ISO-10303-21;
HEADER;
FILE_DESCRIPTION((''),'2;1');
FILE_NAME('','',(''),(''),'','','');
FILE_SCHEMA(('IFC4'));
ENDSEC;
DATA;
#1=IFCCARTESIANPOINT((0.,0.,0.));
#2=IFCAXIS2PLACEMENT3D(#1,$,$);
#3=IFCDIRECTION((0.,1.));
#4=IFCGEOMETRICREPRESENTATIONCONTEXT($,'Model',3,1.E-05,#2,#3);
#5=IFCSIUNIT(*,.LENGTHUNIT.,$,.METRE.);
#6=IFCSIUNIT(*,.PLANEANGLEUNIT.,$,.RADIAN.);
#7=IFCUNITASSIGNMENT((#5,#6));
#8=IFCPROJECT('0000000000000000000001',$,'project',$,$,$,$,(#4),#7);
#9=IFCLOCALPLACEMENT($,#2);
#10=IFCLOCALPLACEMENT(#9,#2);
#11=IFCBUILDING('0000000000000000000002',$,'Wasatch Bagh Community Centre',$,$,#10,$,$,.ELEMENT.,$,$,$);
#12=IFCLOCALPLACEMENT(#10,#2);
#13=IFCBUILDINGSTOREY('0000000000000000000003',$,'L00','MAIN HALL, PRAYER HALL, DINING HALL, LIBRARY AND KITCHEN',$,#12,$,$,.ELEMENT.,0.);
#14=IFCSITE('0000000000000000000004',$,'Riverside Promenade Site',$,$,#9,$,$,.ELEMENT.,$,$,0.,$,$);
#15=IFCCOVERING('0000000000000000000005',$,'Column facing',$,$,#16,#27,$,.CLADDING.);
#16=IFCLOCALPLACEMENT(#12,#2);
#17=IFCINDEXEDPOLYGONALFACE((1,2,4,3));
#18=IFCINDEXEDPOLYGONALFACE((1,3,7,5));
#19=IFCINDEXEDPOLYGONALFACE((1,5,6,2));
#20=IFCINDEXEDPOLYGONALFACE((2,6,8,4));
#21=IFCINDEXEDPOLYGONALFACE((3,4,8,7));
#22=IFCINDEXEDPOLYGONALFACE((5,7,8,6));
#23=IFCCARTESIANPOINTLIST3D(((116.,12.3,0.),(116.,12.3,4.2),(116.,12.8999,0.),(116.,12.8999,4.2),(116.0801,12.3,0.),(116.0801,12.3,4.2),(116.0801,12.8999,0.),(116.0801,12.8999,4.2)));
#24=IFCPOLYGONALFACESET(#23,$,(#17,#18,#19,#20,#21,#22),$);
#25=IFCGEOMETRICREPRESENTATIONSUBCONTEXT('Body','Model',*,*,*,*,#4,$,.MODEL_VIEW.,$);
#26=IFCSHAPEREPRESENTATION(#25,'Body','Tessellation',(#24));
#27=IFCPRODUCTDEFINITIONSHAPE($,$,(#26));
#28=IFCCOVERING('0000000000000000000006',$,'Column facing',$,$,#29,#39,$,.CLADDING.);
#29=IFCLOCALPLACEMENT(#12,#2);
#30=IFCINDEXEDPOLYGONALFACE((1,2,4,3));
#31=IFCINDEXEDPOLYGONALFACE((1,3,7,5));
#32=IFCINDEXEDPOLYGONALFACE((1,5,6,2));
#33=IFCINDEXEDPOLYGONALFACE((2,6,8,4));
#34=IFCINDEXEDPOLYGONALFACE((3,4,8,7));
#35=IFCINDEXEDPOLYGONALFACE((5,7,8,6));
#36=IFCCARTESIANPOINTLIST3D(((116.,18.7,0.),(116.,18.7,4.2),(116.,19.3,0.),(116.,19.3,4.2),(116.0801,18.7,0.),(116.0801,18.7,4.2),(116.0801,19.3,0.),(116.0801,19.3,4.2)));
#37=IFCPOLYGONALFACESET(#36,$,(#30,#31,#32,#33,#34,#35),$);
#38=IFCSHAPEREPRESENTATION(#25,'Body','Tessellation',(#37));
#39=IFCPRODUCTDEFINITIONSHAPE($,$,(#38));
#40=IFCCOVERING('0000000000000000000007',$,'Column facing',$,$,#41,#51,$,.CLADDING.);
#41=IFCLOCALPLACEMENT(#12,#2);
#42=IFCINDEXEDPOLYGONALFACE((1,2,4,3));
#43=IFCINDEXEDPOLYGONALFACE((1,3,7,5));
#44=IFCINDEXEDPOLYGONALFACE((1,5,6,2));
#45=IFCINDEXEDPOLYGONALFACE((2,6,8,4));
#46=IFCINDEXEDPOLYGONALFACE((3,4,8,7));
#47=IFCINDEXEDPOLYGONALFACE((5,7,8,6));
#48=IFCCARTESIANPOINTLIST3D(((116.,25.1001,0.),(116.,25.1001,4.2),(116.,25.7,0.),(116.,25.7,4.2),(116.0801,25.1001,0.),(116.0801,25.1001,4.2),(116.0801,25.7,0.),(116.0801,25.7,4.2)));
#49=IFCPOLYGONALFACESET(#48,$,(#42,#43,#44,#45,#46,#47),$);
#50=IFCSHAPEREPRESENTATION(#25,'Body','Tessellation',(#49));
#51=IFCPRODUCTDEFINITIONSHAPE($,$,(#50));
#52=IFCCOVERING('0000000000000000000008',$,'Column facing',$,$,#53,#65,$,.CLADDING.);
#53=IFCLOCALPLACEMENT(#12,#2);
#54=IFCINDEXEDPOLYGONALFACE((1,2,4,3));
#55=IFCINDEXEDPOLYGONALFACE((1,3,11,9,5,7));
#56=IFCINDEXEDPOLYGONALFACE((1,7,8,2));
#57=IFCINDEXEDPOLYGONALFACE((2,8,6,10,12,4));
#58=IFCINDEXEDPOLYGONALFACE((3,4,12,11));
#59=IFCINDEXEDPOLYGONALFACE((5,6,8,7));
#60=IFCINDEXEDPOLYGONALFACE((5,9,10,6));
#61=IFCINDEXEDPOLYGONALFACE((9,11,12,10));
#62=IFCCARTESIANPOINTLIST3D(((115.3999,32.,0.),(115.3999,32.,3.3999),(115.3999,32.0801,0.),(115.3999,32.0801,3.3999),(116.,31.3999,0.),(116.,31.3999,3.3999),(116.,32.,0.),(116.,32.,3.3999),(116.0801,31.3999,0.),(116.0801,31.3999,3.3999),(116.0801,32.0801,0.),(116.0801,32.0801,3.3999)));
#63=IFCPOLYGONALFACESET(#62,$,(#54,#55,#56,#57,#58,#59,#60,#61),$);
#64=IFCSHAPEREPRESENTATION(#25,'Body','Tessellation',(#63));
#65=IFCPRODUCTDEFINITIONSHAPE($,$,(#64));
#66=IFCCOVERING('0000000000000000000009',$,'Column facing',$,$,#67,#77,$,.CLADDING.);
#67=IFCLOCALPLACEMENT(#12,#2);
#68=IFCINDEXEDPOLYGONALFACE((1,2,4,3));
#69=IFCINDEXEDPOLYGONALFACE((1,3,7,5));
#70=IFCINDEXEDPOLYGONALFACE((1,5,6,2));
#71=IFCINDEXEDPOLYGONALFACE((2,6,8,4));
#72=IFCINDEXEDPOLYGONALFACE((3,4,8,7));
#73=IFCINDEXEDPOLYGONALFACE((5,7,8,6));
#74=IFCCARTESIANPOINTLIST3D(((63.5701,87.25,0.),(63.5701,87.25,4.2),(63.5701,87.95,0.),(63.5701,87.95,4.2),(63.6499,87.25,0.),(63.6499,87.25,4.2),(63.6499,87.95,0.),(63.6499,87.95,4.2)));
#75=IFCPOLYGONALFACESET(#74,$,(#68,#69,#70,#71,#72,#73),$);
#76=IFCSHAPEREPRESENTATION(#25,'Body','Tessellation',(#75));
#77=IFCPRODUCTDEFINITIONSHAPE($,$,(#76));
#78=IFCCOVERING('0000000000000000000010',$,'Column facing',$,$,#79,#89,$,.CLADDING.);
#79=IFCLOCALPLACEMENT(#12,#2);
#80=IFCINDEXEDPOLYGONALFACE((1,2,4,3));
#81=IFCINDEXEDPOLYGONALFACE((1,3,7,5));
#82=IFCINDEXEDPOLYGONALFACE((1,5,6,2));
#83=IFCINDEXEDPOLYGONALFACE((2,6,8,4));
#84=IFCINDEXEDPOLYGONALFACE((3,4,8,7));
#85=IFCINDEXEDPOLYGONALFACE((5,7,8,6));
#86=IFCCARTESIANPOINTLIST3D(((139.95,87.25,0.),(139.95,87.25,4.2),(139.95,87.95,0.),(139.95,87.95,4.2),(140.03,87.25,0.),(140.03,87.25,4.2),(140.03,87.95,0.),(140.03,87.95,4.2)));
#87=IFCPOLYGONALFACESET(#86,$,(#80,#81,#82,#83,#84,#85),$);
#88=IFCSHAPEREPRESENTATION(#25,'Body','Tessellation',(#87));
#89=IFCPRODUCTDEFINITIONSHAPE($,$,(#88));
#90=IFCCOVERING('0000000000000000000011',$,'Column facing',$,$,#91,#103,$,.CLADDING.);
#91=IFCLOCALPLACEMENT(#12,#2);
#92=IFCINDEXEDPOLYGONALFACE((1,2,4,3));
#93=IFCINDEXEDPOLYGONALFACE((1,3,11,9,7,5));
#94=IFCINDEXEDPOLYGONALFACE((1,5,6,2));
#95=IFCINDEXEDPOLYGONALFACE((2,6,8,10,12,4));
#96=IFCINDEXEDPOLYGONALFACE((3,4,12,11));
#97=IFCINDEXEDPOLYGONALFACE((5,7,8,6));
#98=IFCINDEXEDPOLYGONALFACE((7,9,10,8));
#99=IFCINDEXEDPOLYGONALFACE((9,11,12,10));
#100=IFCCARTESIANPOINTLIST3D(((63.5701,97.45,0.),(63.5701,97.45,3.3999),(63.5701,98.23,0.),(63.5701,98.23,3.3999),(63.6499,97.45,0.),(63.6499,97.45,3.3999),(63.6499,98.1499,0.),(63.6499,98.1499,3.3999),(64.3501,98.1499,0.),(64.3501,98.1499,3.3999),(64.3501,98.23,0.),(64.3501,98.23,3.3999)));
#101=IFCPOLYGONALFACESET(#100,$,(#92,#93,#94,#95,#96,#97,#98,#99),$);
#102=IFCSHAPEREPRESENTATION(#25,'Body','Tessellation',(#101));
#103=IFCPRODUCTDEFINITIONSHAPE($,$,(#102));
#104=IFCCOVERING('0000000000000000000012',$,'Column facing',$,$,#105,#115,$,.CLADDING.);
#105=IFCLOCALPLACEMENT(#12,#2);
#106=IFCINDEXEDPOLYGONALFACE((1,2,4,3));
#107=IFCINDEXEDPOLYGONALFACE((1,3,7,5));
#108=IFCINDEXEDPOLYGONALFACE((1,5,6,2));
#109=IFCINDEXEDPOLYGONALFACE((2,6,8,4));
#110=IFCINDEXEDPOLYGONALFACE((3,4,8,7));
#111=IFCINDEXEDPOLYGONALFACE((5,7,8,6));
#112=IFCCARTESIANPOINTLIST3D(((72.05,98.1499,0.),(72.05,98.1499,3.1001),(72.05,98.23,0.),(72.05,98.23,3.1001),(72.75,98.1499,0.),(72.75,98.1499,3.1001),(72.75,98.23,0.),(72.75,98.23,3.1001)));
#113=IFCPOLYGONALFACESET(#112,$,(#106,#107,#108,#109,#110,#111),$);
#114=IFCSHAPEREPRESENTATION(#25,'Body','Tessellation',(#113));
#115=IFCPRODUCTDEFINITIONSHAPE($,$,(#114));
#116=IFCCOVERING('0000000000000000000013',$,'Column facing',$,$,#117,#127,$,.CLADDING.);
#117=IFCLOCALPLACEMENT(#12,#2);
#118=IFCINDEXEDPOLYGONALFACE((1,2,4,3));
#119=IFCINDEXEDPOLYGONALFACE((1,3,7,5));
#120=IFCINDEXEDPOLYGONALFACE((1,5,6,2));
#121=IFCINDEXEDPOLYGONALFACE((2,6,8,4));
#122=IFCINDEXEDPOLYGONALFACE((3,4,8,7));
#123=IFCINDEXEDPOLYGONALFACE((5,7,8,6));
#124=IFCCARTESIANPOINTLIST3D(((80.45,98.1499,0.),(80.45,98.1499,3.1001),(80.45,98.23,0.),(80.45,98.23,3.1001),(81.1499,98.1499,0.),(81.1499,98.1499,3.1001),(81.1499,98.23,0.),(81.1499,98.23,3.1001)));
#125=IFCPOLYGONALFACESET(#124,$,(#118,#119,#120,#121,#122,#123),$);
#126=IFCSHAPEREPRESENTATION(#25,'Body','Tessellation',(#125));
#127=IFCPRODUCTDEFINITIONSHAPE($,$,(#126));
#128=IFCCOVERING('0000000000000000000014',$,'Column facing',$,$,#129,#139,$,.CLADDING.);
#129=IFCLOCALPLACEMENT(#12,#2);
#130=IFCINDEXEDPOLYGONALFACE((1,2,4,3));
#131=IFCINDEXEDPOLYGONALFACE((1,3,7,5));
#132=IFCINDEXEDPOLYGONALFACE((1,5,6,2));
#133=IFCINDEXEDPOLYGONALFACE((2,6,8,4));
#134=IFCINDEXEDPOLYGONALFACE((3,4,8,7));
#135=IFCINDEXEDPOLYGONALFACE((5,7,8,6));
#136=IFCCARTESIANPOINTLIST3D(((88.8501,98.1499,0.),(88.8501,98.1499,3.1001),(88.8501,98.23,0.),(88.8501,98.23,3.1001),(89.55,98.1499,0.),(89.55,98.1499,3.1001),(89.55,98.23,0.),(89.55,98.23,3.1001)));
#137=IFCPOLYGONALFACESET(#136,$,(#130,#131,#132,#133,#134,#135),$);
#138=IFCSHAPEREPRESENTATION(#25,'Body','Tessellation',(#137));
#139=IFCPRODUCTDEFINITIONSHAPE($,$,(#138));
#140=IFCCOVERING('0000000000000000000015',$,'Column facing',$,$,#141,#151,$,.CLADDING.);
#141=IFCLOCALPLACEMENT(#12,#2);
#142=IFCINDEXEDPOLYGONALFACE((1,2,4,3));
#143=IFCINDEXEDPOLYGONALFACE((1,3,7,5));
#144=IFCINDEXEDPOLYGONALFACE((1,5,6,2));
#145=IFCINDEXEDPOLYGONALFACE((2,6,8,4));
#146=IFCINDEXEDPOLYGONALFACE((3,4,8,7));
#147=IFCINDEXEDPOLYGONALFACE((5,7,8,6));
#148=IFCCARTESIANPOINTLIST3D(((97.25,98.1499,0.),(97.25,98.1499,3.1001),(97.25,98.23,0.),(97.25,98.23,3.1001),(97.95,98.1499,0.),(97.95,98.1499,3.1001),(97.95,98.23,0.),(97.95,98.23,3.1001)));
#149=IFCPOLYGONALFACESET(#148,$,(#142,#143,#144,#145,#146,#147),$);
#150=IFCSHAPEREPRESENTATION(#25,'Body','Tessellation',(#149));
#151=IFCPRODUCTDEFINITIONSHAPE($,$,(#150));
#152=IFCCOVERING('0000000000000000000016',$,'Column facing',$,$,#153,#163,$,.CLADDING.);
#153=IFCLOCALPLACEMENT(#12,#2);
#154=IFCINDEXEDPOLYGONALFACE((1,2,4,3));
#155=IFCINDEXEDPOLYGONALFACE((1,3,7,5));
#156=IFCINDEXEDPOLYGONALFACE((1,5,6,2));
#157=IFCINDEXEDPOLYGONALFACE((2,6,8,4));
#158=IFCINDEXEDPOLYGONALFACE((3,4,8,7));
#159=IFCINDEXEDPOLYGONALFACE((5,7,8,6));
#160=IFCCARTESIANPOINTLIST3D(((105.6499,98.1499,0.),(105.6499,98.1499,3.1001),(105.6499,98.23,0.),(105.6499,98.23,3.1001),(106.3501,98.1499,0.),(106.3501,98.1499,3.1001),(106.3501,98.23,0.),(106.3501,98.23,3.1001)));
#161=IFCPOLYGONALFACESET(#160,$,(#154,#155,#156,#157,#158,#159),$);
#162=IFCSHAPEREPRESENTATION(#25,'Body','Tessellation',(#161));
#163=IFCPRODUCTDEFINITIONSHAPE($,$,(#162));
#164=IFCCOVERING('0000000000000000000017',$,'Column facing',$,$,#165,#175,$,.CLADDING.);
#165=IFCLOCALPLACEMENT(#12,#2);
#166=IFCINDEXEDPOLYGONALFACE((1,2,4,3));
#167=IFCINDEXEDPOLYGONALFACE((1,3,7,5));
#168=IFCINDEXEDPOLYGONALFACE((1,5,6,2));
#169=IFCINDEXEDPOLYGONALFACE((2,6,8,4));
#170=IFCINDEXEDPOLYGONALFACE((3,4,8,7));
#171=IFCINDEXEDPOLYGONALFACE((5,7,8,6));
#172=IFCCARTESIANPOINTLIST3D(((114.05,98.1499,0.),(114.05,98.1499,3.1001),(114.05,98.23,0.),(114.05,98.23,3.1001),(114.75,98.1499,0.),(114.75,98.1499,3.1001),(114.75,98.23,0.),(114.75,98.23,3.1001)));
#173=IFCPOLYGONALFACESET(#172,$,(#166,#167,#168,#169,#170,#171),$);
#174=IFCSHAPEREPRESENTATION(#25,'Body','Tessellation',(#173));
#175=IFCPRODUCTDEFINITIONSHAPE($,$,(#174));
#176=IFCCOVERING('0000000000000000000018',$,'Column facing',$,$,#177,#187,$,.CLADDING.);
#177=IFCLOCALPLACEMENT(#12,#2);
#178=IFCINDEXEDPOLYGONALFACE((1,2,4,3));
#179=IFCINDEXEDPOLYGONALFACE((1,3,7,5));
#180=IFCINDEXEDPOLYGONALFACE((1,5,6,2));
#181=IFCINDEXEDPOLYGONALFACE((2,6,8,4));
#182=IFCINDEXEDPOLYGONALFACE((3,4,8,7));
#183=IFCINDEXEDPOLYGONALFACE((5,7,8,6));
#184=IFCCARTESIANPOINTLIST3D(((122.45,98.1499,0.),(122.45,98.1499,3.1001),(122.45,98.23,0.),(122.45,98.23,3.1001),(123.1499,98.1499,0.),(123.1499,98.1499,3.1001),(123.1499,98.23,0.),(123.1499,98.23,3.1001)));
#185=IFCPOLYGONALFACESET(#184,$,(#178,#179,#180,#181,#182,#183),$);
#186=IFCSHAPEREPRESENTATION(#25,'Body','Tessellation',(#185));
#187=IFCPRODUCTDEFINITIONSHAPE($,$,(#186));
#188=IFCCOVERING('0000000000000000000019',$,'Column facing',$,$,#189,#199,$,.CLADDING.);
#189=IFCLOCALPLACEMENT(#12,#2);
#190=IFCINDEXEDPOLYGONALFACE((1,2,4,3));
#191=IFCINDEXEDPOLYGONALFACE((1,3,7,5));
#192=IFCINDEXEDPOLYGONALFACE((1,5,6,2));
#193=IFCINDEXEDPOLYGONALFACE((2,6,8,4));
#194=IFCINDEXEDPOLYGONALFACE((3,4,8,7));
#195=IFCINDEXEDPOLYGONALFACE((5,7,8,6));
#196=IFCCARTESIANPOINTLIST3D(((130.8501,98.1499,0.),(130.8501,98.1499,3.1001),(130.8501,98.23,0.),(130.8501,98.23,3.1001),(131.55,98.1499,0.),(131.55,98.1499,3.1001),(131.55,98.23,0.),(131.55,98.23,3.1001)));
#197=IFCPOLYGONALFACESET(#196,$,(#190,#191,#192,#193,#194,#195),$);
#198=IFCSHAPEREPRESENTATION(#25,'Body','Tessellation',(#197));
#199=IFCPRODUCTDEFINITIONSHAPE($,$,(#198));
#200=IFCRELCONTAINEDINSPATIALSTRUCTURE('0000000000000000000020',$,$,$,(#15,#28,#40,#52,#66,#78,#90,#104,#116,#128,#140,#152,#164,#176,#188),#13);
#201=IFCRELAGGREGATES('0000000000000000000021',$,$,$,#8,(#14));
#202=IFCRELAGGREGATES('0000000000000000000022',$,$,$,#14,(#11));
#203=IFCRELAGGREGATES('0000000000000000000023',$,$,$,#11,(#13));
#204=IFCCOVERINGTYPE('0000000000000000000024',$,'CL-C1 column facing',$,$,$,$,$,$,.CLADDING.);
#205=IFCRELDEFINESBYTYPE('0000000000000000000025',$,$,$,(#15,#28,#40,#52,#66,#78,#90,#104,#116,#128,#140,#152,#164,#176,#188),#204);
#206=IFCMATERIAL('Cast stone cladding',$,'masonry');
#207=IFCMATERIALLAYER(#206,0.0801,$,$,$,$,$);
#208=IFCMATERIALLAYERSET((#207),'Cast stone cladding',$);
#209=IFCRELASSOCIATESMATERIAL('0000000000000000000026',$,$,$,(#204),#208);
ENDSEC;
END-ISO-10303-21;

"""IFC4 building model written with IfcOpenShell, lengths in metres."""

from ifc_helpers import new_model, si_unit, direction, origin, place, context, subcontext, project, spatial, polyline, outline, extrude, material, layer, layer_set, type_object, element, save


model = new_model("IFC4")

# Units and contexts
model_context = context("Model", 3, precision=1e-05, world=origin(), true_north=direction((0.0, 1.0)))
body_context = subcontext(model_context, "Body", "Model", "MODEL_VIEW")
ifc_project = project(units=[si_unit("LENGTHUNIT", "METRE"), si_unit("PLANEANGLEUNIT", "RADIAN")], contexts=[model_context])

# Site, building, storey
site_placement = place(None, origin())
site = spatial("IfcSite", under=ifc_project, at=site_placement, Name="Riverside Promenade Site", CompositionType="ELEMENT", RefElevation=0.0)
building_placement = place(site_placement, origin())
building = spatial("IfcBuilding", under=site, at=building_placement, Name="Wasatch Bagh Community Centre", CompositionType="ELEMENT")
storey_placement = place(building_placement, origin())
storey = spatial("IfcBuildingStorey", under=building, at=storey_placement, Name="L00", Description="MAIN HALL, PRAYER HALL, DINING HALL, LIBRARY AND KITCHEN", CompositionType="ELEMENT", Elevation=0.0)

# Coverings
ifc_material = material(Name="Cast stone cladding", Category="masonry")
ifc_layer = layer(ifc_material, 0.0801)
ifc_layer_set = layer_set([ifc_layer], Name="Cast stone cladding")
covering_type = type_object("IfcCoveringType", Name="CL-C1 column facing", PredefinedType="CLADDING", material=ifc_layer_set)
covering_1_placement = place(storey_placement, origin())
element("IfcCovering", 1, at=covering_1_placement, inside=storey, type_object=covering_type, Name="Column facing", PredefinedType="CLADDING", context=body_context, shape_type="SweptSolid", body=[
    extrude(outline(polyline([(116.0, 12.3), (116.0, 12.8999), (116.0801, 12.8999), (116.0801, 12.3), (116.0, 12.3)])), origin(), (0.0, 0.0, 1.0), 4.2),
])
covering_2_placement = place(storey_placement, origin())
element("IfcCovering", 2, at=covering_2_placement, inside=storey, type_object=covering_type, Name="Column facing", PredefinedType="CLADDING", context=body_context, shape_type="SweptSolid", body=[
    extrude(outline(polyline([(116.0, 18.7), (116.0, 19.3), (116.0801, 19.3), (116.0801, 18.7), (116.0, 18.7)])), origin(), (0.0, 0.0, 1.0), 4.2),
])
covering_3_placement = place(storey_placement, origin())
element("IfcCovering", 3, at=covering_3_placement, inside=storey, type_object=covering_type, Name="Column facing", PredefinedType="CLADDING", context=body_context, shape_type="SweptSolid", body=[
    extrude(outline(polyline([(116.0, 25.1001), (116.0, 25.7), (116.0801, 25.7), (116.0801, 25.1001), (116.0, 25.1001)])), origin(), (0.0, 0.0, 1.0), 4.2),
])
covering_4_placement = place(storey_placement, origin())
element("IfcCovering", 4, at=covering_4_placement, inside=storey, type_object=covering_type, Name="Column facing", PredefinedType="CLADDING", context=body_context, shape_type="SweptSolid", body=[
    extrude(outline(polyline([(116.0, 32.0), (115.3999, 32.0), (115.3999, 32.0801), (116.0801, 32.0801), (116.0801, 31.3999), (116.0, 31.3999), (116.0, 32.0)])), origin(), (0.0, 0.0, 1.0), 3.3999),
])
covering_5_placement = place(storey_placement, origin())
element("IfcCovering", 5, at=covering_5_placement, inside=storey, type_object=covering_type, Name="Column facing", PredefinedType="CLADDING", context=body_context, shape_type="SweptSolid", body=[
    extrude(outline(polyline([(63.6499, 87.95), (63.6499, 87.25), (63.5701, 87.25), (63.5701, 87.95), (63.6499, 87.95)])), origin(), (0.0, 0.0, 1.0), 4.2),
])
covering_6_placement = place(storey_placement, origin())
element("IfcCovering", 6, at=covering_6_placement, inside=storey, type_object=covering_type, Name="Column facing", PredefinedType="CLADDING", context=body_context, shape_type="SweptSolid", body=[
    extrude(outline(polyline([(139.95, 87.25), (139.95, 87.95), (140.03, 87.95), (140.03, 87.25), (139.95, 87.25)])), origin(), (0.0, 0.0, 1.0), 4.2),
])
covering_7_placement = place(storey_placement, origin())
element("IfcCovering", 7, at=covering_7_placement, inside=storey, type_object=covering_type, Name="Column facing", PredefinedType="CLADDING", context=body_context, shape_type="SweptSolid", body=[
    extrude(outline(polyline([(63.6499, 97.45), (63.5701, 97.45), (63.5701, 98.23), (64.3501, 98.23), (64.3501, 98.1499), (63.6499, 98.1499), (63.6499, 97.45)])), origin(), (0.0, 0.0, 1.0), 3.3999),
])
covering_8_placement = place(storey_placement, origin())
element("IfcCovering", 8, at=covering_8_placement, inside=storey, type_object=covering_type, Name="Column facing", PredefinedType="CLADDING", context=body_context, shape_type="SweptSolid", body=[
    extrude(outline(polyline([(72.75, 98.1499), (72.05, 98.1499), (72.05, 98.23), (72.75, 98.23), (72.75, 98.1499)])), origin(), (0.0, 0.0, 1.0), 3.1001),
])
covering_9_placement = place(storey_placement, origin())
element("IfcCovering", 9, at=covering_9_placement, inside=storey, type_object=covering_type, Name="Column facing", PredefinedType="CLADDING", context=body_context, shape_type="SweptSolid", body=[
    extrude(outline(polyline([(81.1499, 98.1499), (80.45, 98.1499), (80.45, 98.23), (81.1499, 98.23), (81.1499, 98.1499)])), origin(), (0.0, 0.0, 1.0), 3.1001),
])
covering_10_placement = place(storey_placement, origin())
element("IfcCovering", 10, at=covering_10_placement, inside=storey, type_object=covering_type, Name="Column facing", PredefinedType="CLADDING", context=body_context, shape_type="SweptSolid", body=[
    extrude(outline(polyline([(89.55, 98.1499), (88.8501, 98.1499), (88.8501, 98.23), (89.55, 98.23), (89.55, 98.1499)])), origin(), (0.0, 0.0, 1.0), 3.1001),
])
covering_11_placement = place(storey_placement, origin())
element("IfcCovering", 11, at=covering_11_placement, inside=storey, type_object=covering_type, Name="Column facing", PredefinedType="CLADDING", context=body_context, shape_type="SweptSolid", body=[
    extrude(outline(polyline([(97.95, 98.1499), (97.25, 98.1499), (97.25, 98.23), (97.95, 98.23), (97.95, 98.1499)])), origin(), (0.0, 0.0, 1.0), 3.1001),
])
covering_12_placement = place(storey_placement, origin())
element("IfcCovering", 12, at=covering_12_placement, inside=storey, type_object=covering_type, Name="Column facing", PredefinedType="CLADDING", context=body_context, shape_type="SweptSolid", body=[
    extrude(outline(polyline([(106.3501, 98.1499), (105.6499, 98.1499), (105.6499, 98.23), (106.3501, 98.23), (106.3501, 98.1499)])), origin(), (0.0, 0.0, 1.0), 3.1001),
])
covering_13_placement = place(storey_placement, origin())
element("IfcCovering", 13, at=covering_13_placement, inside=storey, type_object=covering_type, Name="Column facing", PredefinedType="CLADDING", context=body_context, shape_type="SweptSolid", body=[
    extrude(outline(polyline([(114.75, 98.1499), (114.05, 98.1499), (114.05, 98.23), (114.75, 98.23), (114.75, 98.1499)])), origin(), (0.0, 0.0, 1.0), 3.1001),
])
covering_14_placement = place(storey_placement, origin())
element("IfcCovering", 14, at=covering_14_placement, inside=storey, type_object=covering_type, Name="Column facing", PredefinedType="CLADDING", context=body_context, shape_type="SweptSolid", body=[
    extrude(outline(polyline([(123.1499, 98.1499), (122.45, 98.1499), (122.45, 98.23), (123.1499, 98.23), (123.1499, 98.1499)])), origin(), (0.0, 0.0, 1.0), 3.1001),
])
covering_15_placement = place(storey_placement, origin())
element("IfcCovering", 15, at=covering_15_placement, inside=storey, type_object=covering_type, Name="Column facing", PredefinedType="CLADDING", context=body_context, shape_type="SweptSolid", body=[
    extrude(outline(polyline([(131.55, 98.1499), (130.8501, 98.1499), (130.8501, 98.23), (131.55, 98.23), (131.55, 98.1499)])), origin(), (0.0, 0.0, 1.0), 3.1001),
])

save(model, "model.ifc")
